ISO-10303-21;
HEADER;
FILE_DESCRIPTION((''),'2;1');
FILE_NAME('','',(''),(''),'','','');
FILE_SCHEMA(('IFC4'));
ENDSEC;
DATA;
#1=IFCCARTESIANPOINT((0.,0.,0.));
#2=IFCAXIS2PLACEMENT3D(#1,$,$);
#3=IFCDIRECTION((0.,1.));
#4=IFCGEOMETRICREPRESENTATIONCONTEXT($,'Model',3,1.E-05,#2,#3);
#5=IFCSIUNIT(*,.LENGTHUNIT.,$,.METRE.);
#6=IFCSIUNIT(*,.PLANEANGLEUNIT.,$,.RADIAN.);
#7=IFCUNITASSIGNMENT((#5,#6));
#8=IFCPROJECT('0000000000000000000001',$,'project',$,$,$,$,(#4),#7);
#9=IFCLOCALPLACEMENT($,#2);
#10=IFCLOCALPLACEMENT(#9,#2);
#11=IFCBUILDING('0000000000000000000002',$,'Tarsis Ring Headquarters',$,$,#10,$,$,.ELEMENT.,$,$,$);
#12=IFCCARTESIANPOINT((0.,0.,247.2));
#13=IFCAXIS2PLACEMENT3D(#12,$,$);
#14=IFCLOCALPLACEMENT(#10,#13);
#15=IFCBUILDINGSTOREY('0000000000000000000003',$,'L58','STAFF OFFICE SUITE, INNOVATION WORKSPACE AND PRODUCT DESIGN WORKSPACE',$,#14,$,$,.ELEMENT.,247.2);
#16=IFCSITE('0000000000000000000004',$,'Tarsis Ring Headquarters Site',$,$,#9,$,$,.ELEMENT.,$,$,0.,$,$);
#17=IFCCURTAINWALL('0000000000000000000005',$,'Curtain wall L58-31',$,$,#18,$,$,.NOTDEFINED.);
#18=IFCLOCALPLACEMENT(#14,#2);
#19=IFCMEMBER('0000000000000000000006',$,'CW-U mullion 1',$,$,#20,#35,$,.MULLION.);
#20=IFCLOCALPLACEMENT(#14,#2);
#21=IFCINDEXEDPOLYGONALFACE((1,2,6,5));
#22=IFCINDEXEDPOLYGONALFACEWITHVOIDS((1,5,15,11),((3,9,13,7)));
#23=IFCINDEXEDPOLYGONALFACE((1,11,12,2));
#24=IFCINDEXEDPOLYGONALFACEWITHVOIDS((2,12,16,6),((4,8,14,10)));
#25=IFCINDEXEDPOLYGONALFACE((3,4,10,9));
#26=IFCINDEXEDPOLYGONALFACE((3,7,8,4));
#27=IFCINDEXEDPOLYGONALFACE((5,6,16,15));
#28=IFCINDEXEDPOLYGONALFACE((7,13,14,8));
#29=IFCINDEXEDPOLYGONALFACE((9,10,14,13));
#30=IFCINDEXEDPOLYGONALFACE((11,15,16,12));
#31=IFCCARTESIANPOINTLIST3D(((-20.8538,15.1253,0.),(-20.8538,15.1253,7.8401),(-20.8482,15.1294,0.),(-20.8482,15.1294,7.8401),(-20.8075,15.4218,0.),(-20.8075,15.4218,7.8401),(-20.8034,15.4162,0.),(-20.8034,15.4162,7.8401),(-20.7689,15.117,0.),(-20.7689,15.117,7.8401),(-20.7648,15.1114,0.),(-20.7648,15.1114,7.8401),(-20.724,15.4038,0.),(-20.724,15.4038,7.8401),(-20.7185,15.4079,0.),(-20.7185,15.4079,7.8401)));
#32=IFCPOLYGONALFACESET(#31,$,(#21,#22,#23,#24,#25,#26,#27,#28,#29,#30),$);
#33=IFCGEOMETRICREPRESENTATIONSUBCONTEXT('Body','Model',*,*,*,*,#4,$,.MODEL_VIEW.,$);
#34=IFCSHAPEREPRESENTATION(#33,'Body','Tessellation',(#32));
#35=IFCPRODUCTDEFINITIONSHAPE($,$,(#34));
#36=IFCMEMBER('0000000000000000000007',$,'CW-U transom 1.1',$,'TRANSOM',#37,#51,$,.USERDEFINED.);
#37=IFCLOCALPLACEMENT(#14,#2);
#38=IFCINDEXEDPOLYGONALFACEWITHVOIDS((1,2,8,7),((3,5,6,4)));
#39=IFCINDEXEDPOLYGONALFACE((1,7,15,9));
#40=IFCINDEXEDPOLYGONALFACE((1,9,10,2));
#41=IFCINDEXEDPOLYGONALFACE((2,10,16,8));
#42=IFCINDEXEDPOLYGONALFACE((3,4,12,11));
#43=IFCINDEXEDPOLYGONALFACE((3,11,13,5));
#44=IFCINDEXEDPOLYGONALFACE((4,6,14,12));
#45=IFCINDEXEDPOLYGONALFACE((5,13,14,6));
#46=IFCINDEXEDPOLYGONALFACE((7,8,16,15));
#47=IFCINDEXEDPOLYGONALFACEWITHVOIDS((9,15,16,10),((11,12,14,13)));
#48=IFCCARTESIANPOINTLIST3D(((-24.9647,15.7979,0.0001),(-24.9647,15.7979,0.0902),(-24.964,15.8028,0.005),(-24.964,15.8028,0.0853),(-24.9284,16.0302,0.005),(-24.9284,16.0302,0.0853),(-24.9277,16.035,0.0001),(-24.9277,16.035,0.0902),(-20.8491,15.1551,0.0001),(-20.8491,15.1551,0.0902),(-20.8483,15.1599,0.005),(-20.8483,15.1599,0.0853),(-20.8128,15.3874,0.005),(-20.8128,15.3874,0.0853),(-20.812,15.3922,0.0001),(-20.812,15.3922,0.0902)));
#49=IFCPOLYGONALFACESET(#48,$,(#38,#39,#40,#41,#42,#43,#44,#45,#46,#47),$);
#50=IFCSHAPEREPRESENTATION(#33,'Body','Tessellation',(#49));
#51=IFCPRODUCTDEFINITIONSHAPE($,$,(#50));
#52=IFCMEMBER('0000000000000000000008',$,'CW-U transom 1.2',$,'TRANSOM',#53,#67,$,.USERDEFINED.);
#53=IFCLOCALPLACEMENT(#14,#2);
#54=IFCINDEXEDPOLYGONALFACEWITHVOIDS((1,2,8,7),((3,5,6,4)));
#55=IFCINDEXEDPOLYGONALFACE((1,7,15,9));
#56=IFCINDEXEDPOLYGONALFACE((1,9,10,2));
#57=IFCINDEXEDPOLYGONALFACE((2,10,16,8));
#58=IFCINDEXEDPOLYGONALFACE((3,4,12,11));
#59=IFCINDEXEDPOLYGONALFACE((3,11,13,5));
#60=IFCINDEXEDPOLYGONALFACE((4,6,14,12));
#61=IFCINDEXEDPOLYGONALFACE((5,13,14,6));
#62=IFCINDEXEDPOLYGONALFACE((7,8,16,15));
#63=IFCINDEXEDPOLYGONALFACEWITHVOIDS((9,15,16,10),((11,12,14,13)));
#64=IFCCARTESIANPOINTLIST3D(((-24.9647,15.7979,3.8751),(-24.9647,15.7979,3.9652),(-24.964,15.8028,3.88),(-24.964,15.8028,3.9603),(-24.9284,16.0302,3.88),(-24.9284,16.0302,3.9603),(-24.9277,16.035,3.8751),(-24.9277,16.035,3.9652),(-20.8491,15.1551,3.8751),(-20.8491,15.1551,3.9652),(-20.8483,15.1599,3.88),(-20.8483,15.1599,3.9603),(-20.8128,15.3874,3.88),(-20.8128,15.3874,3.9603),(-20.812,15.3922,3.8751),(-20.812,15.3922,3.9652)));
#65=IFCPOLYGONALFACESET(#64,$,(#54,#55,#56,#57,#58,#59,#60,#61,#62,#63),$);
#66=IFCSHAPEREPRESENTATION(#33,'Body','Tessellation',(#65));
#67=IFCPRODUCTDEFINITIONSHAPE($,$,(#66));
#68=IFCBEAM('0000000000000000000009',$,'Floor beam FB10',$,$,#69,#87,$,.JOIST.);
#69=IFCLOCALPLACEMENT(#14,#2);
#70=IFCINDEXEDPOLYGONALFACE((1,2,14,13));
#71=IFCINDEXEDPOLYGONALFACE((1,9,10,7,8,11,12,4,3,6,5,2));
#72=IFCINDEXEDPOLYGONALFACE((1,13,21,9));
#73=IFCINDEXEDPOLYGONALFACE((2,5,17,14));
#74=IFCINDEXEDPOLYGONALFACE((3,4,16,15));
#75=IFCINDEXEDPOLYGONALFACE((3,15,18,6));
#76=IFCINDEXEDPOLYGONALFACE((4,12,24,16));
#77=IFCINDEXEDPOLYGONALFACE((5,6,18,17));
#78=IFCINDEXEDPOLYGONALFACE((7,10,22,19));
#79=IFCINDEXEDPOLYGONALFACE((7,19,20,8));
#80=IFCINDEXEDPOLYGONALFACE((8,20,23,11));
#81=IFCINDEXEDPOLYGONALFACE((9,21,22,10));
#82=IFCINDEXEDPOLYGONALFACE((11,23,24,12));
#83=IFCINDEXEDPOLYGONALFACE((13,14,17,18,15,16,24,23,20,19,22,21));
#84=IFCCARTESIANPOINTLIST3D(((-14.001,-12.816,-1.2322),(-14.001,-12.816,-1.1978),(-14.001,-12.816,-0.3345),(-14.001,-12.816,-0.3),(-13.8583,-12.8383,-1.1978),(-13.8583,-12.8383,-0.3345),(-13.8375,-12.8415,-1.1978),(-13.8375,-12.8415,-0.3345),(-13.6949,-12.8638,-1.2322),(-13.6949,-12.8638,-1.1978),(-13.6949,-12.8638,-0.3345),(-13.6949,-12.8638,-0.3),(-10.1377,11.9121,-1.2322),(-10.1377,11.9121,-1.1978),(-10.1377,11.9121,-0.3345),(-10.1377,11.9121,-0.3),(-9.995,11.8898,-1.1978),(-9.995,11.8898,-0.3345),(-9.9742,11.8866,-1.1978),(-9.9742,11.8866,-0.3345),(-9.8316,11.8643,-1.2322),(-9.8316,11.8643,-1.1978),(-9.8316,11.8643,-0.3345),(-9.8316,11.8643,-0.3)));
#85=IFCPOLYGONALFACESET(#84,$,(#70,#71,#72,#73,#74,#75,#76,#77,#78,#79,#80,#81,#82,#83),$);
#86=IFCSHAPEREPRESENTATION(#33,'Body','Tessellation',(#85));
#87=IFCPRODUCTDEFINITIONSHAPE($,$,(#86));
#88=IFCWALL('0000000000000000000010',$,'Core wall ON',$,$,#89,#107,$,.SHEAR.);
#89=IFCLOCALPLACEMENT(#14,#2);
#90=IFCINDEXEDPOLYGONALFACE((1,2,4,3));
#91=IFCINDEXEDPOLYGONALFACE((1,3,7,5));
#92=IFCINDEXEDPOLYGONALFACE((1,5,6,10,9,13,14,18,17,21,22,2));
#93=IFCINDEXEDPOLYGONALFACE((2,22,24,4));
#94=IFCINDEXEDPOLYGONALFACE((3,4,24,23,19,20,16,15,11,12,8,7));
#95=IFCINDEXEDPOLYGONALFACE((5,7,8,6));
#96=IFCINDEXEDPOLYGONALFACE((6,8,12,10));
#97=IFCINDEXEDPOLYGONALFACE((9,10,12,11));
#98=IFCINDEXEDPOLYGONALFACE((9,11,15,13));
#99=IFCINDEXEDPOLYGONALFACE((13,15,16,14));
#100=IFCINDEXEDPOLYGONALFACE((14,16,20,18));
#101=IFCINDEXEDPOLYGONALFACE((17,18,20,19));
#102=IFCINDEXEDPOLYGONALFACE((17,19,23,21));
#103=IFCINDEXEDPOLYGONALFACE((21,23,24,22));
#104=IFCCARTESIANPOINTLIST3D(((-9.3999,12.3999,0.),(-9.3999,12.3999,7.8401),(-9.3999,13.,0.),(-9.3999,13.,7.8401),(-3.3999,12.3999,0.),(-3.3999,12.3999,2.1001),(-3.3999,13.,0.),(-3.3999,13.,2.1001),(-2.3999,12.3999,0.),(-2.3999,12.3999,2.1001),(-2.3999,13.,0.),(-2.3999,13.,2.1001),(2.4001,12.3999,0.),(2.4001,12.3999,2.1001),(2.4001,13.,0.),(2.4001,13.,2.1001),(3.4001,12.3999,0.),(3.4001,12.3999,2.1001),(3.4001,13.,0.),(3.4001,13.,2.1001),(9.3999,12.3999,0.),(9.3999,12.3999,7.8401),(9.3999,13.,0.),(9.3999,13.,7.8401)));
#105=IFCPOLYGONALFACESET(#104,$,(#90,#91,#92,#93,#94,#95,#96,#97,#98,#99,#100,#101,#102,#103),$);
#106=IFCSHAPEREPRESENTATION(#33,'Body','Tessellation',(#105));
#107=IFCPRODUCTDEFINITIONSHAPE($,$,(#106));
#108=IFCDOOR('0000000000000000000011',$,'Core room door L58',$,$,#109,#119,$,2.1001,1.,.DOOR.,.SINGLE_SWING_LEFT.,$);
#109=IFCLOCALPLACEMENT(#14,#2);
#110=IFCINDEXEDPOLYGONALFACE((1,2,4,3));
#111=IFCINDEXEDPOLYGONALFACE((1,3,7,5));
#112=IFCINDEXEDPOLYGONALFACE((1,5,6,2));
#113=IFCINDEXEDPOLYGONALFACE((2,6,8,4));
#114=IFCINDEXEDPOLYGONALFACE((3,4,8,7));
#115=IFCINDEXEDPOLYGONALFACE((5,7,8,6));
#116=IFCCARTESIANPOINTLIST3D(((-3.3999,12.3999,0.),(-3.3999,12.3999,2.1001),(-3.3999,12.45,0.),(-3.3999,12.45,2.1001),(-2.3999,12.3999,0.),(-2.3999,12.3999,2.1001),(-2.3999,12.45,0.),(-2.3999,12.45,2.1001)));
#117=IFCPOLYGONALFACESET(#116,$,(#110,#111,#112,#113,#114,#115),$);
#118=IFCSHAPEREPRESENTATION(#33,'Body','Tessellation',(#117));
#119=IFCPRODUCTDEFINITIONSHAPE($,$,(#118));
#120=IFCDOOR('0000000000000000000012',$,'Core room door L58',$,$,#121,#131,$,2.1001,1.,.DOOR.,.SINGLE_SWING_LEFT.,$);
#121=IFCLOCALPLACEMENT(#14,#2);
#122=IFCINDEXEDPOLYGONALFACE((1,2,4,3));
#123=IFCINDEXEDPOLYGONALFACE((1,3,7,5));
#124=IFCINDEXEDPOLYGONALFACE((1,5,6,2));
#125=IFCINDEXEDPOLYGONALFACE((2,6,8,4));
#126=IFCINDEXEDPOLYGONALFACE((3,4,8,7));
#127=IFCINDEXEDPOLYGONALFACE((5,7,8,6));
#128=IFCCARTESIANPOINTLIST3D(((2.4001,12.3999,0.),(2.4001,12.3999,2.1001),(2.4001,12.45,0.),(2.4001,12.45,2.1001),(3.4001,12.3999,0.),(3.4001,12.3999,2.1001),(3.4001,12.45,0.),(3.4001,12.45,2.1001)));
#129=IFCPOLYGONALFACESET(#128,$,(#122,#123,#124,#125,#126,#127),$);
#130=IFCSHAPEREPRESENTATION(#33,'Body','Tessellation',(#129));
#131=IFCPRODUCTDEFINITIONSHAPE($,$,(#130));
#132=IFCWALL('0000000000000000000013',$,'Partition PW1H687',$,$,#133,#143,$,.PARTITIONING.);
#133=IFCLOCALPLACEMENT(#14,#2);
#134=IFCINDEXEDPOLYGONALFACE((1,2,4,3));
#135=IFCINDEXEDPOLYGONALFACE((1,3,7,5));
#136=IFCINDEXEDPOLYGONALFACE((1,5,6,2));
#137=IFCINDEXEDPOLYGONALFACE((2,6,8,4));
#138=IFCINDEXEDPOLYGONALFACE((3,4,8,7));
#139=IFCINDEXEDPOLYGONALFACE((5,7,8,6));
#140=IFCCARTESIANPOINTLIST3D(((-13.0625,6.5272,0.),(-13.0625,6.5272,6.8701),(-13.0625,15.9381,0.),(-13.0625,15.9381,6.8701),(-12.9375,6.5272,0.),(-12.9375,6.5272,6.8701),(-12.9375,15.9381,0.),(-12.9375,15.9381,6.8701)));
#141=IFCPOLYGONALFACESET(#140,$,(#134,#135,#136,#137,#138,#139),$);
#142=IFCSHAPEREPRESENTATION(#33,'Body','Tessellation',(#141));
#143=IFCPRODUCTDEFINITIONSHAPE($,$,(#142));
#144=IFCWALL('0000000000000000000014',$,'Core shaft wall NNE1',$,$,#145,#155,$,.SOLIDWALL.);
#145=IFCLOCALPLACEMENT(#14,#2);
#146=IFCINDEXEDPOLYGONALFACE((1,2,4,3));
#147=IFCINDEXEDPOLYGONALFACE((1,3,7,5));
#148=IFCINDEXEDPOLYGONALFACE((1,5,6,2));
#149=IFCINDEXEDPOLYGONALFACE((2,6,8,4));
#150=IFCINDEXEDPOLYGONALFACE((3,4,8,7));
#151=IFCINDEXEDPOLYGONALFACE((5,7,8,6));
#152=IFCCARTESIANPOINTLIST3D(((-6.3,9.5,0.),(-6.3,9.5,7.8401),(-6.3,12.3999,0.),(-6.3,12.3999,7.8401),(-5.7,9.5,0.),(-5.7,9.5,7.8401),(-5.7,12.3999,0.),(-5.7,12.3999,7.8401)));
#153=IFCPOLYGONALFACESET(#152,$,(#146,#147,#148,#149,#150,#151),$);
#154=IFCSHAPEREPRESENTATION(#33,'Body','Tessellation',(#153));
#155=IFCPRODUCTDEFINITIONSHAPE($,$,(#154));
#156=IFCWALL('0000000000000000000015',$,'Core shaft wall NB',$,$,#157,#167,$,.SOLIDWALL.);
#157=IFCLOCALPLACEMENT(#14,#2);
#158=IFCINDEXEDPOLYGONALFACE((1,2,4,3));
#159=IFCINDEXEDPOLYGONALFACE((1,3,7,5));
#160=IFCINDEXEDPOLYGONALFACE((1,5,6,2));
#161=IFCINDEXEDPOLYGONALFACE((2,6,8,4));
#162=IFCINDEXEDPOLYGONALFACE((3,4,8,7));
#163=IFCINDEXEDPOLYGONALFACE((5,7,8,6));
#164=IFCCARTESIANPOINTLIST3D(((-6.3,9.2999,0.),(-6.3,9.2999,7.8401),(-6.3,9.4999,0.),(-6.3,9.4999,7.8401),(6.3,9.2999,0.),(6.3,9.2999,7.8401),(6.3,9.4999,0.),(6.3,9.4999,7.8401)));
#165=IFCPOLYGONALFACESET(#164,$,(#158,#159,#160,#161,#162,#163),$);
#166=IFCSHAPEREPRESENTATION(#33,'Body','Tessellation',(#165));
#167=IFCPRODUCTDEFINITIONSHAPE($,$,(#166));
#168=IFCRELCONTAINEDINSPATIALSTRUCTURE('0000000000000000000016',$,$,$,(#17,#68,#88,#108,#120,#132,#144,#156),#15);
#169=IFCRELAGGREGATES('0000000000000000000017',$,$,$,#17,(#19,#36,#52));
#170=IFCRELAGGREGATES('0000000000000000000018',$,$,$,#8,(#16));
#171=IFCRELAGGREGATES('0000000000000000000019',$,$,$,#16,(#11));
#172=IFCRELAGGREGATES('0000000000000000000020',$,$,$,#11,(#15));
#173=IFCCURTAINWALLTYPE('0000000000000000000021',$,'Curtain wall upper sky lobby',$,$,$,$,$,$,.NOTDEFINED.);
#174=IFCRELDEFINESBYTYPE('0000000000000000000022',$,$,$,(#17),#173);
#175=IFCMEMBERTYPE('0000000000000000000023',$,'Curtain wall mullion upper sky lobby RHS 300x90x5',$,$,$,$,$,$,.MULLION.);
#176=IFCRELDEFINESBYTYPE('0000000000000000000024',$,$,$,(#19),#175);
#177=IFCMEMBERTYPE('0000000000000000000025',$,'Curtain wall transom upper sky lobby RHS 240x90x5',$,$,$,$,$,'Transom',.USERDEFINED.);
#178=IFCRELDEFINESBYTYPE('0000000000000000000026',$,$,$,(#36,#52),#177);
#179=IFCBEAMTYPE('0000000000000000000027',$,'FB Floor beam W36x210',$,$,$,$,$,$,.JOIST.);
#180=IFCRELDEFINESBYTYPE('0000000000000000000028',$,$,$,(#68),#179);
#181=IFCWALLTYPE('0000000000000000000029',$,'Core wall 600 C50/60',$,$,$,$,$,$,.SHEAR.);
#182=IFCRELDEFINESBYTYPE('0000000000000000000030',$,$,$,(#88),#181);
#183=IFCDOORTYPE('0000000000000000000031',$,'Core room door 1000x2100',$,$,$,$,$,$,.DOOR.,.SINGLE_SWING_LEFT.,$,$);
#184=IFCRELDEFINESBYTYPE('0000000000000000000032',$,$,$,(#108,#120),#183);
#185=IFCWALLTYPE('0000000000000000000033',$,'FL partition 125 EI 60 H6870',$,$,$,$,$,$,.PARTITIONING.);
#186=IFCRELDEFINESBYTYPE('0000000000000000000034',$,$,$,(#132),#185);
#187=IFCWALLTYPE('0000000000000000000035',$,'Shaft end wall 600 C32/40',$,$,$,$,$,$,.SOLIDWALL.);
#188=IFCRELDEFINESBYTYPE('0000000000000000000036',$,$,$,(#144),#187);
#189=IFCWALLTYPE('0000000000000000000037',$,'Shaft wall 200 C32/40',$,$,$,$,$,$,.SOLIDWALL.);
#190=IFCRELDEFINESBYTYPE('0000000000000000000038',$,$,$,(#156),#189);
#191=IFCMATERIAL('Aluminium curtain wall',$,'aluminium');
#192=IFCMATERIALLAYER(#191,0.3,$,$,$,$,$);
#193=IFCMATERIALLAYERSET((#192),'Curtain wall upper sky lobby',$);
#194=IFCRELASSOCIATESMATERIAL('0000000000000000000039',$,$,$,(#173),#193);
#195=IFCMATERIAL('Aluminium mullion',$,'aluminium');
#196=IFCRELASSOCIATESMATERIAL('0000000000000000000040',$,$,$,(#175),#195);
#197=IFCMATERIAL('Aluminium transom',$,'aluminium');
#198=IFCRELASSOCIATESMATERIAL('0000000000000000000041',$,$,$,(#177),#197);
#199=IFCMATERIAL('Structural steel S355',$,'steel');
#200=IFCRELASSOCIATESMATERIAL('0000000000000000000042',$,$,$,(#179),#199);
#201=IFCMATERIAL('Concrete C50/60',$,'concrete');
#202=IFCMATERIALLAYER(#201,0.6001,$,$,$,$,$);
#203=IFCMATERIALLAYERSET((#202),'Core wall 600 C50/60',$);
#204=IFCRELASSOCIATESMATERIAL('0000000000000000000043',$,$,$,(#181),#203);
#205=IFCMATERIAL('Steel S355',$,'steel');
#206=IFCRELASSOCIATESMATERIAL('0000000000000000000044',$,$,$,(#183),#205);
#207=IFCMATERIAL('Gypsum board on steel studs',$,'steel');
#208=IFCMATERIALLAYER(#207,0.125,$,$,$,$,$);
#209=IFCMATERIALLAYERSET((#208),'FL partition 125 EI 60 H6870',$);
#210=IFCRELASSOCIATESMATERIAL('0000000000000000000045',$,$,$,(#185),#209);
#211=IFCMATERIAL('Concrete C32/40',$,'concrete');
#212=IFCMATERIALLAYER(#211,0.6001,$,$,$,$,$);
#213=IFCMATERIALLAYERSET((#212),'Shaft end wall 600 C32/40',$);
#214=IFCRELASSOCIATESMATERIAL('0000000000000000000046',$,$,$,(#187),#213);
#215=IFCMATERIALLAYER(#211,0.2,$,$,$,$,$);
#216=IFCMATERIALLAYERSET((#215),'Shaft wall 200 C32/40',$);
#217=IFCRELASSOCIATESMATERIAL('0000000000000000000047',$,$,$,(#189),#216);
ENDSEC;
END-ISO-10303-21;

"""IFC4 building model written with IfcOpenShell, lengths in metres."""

from ifc_helpers import new_model, si_unit, direction, frame, frame_2d, origin, origin_2d, place, context, subcontext, project, spatial, rectangle, hollow_rectangle, i_section, extrude, material, layer, layer_set, material_profile, profile_set, type_object, element, fill, aggregate, save


model = new_model("IFC4")

# Units and contexts
model_context = context("Model", 3, precision=1e-05, world=origin(), true_north=direction((0.0, 1.0)))
body_context = subcontext(model_context, "Body", "Model", "MODEL_VIEW")
ifc_project = project(units=[si_unit("LENGTHUNIT", "METRE"), si_unit("PLANEANGLEUNIT", "RADIAN")], contexts=[model_context])

# Site, building, storey
site_placement = place(None, origin())
site = spatial("IfcSite", under=ifc_project, at=site_placement, Name="Tarsis Ring Headquarters Site", CompositionType="ELEMENT", RefElevation=0.0)
building_placement = place(site_placement, origin())
building = spatial("IfcBuilding", under=site, at=building_placement, Name="Tarsis Ring Headquarters", CompositionType="ELEMENT")
storey_placement = place(building_placement, frame((0.0, 0.0, 247.2)))
storey = spatial("IfcBuildingStorey", under=building, at=storey_placement, Name="L58", Description="STAFF OFFICE SUITE, INNOVATION WORKSPACE AND PRODUCT DESIGN WORKSPACE", CompositionType="ELEMENT", Elevation=247.2)

# Curtain wall, members
ifc_material_1 = material(Name="Aluminium curtain wall", Category="aluminium")
ifc_layer_1 = layer(ifc_material_1, 0.3)
ifc_layer_set_1 = layer_set([ifc_layer_1], Name="Curtain wall upper sky lobby")
curtain_wall_type = type_object("IfcCurtainWallType", Name="Curtain wall upper sky lobby", PredefinedType="NOTDEFINED", material=ifc_layer_set_1)
curtain_wall_placement = place(storey_placement, origin())
curtain_wall = element("IfcCurtainWall", 1, at=curtain_wall_placement, inside=storey, type_object=curtain_wall_type, Name="Curtain wall L58-31", PredefinedType="NOTDEFINED")
ifc_material_2 = material(Name="Aluminium mullion", Category="aluminium")
ifc_material_profile_1 = material_profile(ifc_material_2, hollow_rectangle(XDim=0.3, YDim=0.0901, WallThickness=0.0049, at=origin_2d()), Name="RHS 300x90x5")
ifc_profile_set_1 = profile_set([ifc_material_profile_1], Name="Aluminium mullion")
member_type_1 = type_object("IfcMemberType", Name="Curtain wall mullion upper sky lobby RHS 300x90x5", PredefinedType="MULLION", material=ifc_profile_set_1)
member_1_placement = place(storey_placement, frame((-20.7861, 15.2666, 0.0), z_axis=(0.0, 0.0, 1.0), x_axis=(-0.154366, -0.988014, 0.0)))
member_1 = element("IfcMember", 2, at=member_1_placement, type_object=member_type_1, Name="CW-U mullion 1", PredefinedType="MULLION", context=body_context, shape_type="SweptSolid", body=[
    extrude(hollow_rectangle(XDim=0.3, YDim=0.0901, WallThickness=0.0049, at=origin_2d()), origin(), (0.0, 0.0, 1.0), 7.8401),
])
ifc_material_3 = material(Name="Aluminium transom", Category="aluminium")
ifc_material_profile_2 = material_profile(ifc_material_3, hollow_rectangle(XDim=0.24, YDim=0.0901, WallThickness=0.0049, at=origin_2d()), Name="RHS 240x90x5")
ifc_profile_set_2 = profile_set([ifc_material_profile_2], Name="Aluminium transom")
member_type_2 = type_object("IfcMemberType", Name="Curtain wall transom upper sky lobby RHS 240x90x5", ElementType="Transom", PredefinedType="USERDEFINED", material=ifc_profile_set_2)
member_2_placement = place(storey_placement, frame((-20.8306, 15.2737, 0.0452), z_axis=(-0.988022, 0.154316, 0.0), x_axis=(-0.154316, -0.988022, 0.0)))
member_2 = element("IfcMember", 3, at=member_2_placement, type_object=member_type_2, Name="CW-U transom 1.1", ObjectType="TRANSOM", PredefinedType="USERDEFINED", context=body_context, shape_type="SweptSolid", body=[
    extrude(hollow_rectangle(XDim=0.24, YDim=0.0901, WallThickness=0.0049, at=origin_2d()), origin(), (0.0, 0.0, 1.0), 4.1655),
])
member_3_placement = place(storey_placement, frame((-20.8306, 15.2737, 3.9202), z_axis=(-0.988022, 0.154316, 0.0), x_axis=(-0.154316, -0.988022, 0.0)))
member_3 = element("IfcMember", 4, at=member_3_placement, type_object=member_type_2, Name="CW-U transom 1.2", ObjectType="TRANSOM", PredefinedType="USERDEFINED", context=body_context, shape_type="SweptSolid", body=[
    extrude(hollow_rectangle(XDim=0.24, YDim=0.0901, WallThickness=0.0049, at=origin_2d()), origin(), (0.0, 0.0, 1.0), 4.1655),
])
aggregate(curtain_wall, [member_1, member_2, member_3])

# Beam
ifc_material_4 = material(Name="Structural steel S355", Category="steel")
ifc_material_profile_3 = material_profile(ifc_material_4, i_section(OverallWidth=0.3098, OverallDepth=0.9321, WebThickness=0.021, FlangeThickness=0.0344, at=origin_2d()), Name="W36x210")
ifc_profile_set_3 = profile_set([ifc_material_profile_3], Name="Structural steel S355")
beam_type = type_object("IfcBeamType", Name="FB Floor beam W36x210", PredefinedType="JOIST", material=ifc_profile_set_3)
beam_placement = place(storey_placement, frame((-9.9846, 11.8882, -0.7661), z_axis=(-0.154358, -0.988015, 0.0), x_axis=(0.988015, -0.154358, 0.0)))
element("IfcBeam", 5, at=beam_placement, inside=storey, type_object=beam_type, Name="Floor beam FB10", PredefinedType="JOIST", context=body_context, shape_type="SweptSolid", body=[
    extrude(i_section(OverallWidth=0.3098, OverallDepth=0.9321, WebThickness=0.021, FlangeThickness=0.0344, at=origin_2d()), origin(), (0.0, 0.0, 1.0), 25.0281),
])

# Wall, openings, doors
ifc_material_5 = material(Name="Concrete C50/60", Category="concrete")
ifc_layer_2 = layer(ifc_material_5, 0.6001)
ifc_layer_set_2 = layer_set([ifc_layer_2], Name="Core wall 600 C50/60")
wall_type_1 = type_object("IfcWallType", Name="Core wall 600 C50/60", PredefinedType="SHEAR", material=ifc_layer_set_2)
wall_1_placement = place(storey_placement, frame((-9.3999, 12.7, 0.0), z_axis=(0.0, 0.0, 1.0), x_axis=(1.0, 0.0, 0.0)))
wall_1 = element("IfcWall", 6, at=wall_1_placement, inside=storey, type_object=wall_type_1, Name="Core wall ON", PredefinedType="SHEAR", context=body_context, shape_type="SweptSolid", body=[
    extrude(rectangle(XDim=18.7998, YDim=0.6001, at=frame_2d((9.3999, 0.0))), origin(), (0.0, 0.0, 1.0), 7.8401),
])
opening_1_placement = place(wall_1_placement, frame((6.0, 0.0, 0.0)))
opening_1 = element("IfcOpeningElement", 7, at=opening_1_placement, cuts=wall_1, PredefinedType="OPENING", context=body_context, shape_type="SweptSolid", body=[
    extrude(rectangle(XDim=1.0, YDim=2.1001, at=frame_2d((0.5, 1.05))), frame((0.0, 0.3101, 0.0), z_axis=(0.0, -1.0, 0.0), x_axis=(1.0, 0.0, 0.0)), (0.0, 0.0, 1.0), 0.6201),
])
opening_2_placement = place(wall_1_placement, frame((11.8, 0.0, 0.0)))
opening_2 = element("IfcOpeningElement", 8, at=opening_2_placement, cuts=wall_1, PredefinedType="OPENING", context=body_context, shape_type="SweptSolid", body=[
    extrude(rectangle(XDim=1.0, YDim=2.1001, at=frame_2d((0.5, 1.05))), frame((0.0, 0.3101, 0.0), z_axis=(0.0, -1.0, 0.0), x_axis=(1.0, 0.0, 0.0)), (0.0, 0.0, 1.0), 0.6201),
])
ifc_material_6 = material(Name="Steel S355", Category="steel")
door_type_1 = type_object("IfcDoorType", Name="Core room door 1000x2100", OperationType="SINGLE_SWING_LEFT", PredefinedType="DOOR", material=ifc_material_6)
door_1_placement = place(opening_1_placement, origin())
door_1 = element("IfcDoor", 9, at=door_1_placement, inside=storey, type_object=door_type_1, Name="Core room door L58", OperationType="SINGLE_SWING_LEFT", OverallHeight=2.1001, OverallWidth=1.0, PredefinedType="DOOR", context=body_context, shape_type="SweptSolid", body=[
    extrude(rectangle(XDim=1.0, YDim=2.1001, at=frame_2d((0.5, 1.05))), frame((0.0, -0.25, 0.0), z_axis=(0.0, -1.0, 0.0), x_axis=(1.0, 0.0, 0.0)), (0.0, 0.0, 1.0), 0.05),
])
fill(opening_1, door_1)
door_2_placement = place(opening_2_placement, origin())
door_2 = element("IfcDoor", 10, at=door_2_placement, inside=storey, type_object=door_type_1, Name="Core room door L58", OperationType="SINGLE_SWING_LEFT", OverallHeight=2.1001, OverallWidth=1.0, PredefinedType="DOOR", context=body_context, shape_type="SweptSolid", body=[
    extrude(rectangle(XDim=1.0, YDim=2.1001, at=frame_2d((0.5, 1.05))), frame((0.0, -0.25, 0.0), z_axis=(0.0, -1.0, 0.0), x_axis=(1.0, 0.0, 0.0)), (0.0, 0.0, 1.0), 0.05),
])
fill(opening_2, door_2)

# Walls
ifc_material_7 = material(Name="Gypsum board on steel studs", Category="steel")
ifc_layer_3 = layer(ifc_material_7, 0.125)
ifc_layer_set_3 = layer_set([ifc_layer_3], Name="FL partition 125 EI 60 H6870")
wall_type_2 = type_object("IfcWallType", Name="FL partition 125 EI 60 H6870", PredefinedType="PARTITIONING", material=ifc_layer_set_3)
wall_2_placement = place(storey_placement, frame((-13.0, 6.5271, 0.0), z_axis=(0.0, 0.0, 1.0), x_axis=(0.0, 1.0, 0.0)))
element("IfcWall", 11, at=wall_2_placement, inside=storey, type_object=wall_type_2, Name="Partition PW1H687", PredefinedType="PARTITIONING", context=body_context, shape_type="SweptSolid", body=[
    extrude(rectangle(XDim=9.4109, YDim=0.125, at=frame_2d((4.7056, 0.0))), origin(), (0.0, 0.0, 1.0), 6.8701),
])
ifc_material_8 = material(Name="Concrete C32/40", Category="concrete")
ifc_layer_4 = layer(ifc_material_8, 0.6001)
ifc_layer_set_4 = layer_set([ifc_layer_4], Name="Shaft end wall 600 C32/40")
wall_type_3 = type_object("IfcWallType", Name="Shaft end wall 600 C32/40", PredefinedType="SOLIDWALL", material=ifc_layer_set_4)
wall_3_placement = place(storey_placement, frame((-6.0, 9.5, 0.0), z_axis=(0.0, 0.0, 1.0), x_axis=(0.0, 1.0, 0.0)))
element("IfcWall", 12, at=wall_3_placement, inside=storey, type_object=wall_type_3, Name="Core shaft wall NNE1", PredefinedType="SOLIDWALL", context=body_context, shape_type="SweptSolid", body=[
    extrude(rectangle(XDim=2.8999, YDim=0.6001, at=frame_2d((1.45, 0.0))), origin(), (0.0, 0.0, 1.0), 7.8401),
])
ifc_layer_5 = layer(ifc_material_8, 0.2)
ifc_layer_set_5 = layer_set([ifc_layer_5], Name="Shaft wall 200 C32/40")
wall_type_4 = type_object("IfcWallType", Name="Shaft wall 200 C32/40", PredefinedType="SOLIDWALL", material=ifc_layer_set_5)
wall_4_placement = place(storey_placement, frame((-6.3, 9.3999, 0.0), z_axis=(0.0, 0.0, 1.0), x_axis=(1.0, 0.0, 0.0)))
element("IfcWall", 13, at=wall_4_placement, inside=storey, type_object=wall_type_4, Name="Core shaft wall NB", PredefinedType="SOLIDWALL", context=body_context, shape_type="SweptSolid", body=[
    extrude(rectangle(XDim=12.6001, YDim=0.2, at=frame_2d((6.3, 0.0))), origin(), (0.0, 0.0, 1.0), 7.8401),
])

save(model, "model.ifc")
